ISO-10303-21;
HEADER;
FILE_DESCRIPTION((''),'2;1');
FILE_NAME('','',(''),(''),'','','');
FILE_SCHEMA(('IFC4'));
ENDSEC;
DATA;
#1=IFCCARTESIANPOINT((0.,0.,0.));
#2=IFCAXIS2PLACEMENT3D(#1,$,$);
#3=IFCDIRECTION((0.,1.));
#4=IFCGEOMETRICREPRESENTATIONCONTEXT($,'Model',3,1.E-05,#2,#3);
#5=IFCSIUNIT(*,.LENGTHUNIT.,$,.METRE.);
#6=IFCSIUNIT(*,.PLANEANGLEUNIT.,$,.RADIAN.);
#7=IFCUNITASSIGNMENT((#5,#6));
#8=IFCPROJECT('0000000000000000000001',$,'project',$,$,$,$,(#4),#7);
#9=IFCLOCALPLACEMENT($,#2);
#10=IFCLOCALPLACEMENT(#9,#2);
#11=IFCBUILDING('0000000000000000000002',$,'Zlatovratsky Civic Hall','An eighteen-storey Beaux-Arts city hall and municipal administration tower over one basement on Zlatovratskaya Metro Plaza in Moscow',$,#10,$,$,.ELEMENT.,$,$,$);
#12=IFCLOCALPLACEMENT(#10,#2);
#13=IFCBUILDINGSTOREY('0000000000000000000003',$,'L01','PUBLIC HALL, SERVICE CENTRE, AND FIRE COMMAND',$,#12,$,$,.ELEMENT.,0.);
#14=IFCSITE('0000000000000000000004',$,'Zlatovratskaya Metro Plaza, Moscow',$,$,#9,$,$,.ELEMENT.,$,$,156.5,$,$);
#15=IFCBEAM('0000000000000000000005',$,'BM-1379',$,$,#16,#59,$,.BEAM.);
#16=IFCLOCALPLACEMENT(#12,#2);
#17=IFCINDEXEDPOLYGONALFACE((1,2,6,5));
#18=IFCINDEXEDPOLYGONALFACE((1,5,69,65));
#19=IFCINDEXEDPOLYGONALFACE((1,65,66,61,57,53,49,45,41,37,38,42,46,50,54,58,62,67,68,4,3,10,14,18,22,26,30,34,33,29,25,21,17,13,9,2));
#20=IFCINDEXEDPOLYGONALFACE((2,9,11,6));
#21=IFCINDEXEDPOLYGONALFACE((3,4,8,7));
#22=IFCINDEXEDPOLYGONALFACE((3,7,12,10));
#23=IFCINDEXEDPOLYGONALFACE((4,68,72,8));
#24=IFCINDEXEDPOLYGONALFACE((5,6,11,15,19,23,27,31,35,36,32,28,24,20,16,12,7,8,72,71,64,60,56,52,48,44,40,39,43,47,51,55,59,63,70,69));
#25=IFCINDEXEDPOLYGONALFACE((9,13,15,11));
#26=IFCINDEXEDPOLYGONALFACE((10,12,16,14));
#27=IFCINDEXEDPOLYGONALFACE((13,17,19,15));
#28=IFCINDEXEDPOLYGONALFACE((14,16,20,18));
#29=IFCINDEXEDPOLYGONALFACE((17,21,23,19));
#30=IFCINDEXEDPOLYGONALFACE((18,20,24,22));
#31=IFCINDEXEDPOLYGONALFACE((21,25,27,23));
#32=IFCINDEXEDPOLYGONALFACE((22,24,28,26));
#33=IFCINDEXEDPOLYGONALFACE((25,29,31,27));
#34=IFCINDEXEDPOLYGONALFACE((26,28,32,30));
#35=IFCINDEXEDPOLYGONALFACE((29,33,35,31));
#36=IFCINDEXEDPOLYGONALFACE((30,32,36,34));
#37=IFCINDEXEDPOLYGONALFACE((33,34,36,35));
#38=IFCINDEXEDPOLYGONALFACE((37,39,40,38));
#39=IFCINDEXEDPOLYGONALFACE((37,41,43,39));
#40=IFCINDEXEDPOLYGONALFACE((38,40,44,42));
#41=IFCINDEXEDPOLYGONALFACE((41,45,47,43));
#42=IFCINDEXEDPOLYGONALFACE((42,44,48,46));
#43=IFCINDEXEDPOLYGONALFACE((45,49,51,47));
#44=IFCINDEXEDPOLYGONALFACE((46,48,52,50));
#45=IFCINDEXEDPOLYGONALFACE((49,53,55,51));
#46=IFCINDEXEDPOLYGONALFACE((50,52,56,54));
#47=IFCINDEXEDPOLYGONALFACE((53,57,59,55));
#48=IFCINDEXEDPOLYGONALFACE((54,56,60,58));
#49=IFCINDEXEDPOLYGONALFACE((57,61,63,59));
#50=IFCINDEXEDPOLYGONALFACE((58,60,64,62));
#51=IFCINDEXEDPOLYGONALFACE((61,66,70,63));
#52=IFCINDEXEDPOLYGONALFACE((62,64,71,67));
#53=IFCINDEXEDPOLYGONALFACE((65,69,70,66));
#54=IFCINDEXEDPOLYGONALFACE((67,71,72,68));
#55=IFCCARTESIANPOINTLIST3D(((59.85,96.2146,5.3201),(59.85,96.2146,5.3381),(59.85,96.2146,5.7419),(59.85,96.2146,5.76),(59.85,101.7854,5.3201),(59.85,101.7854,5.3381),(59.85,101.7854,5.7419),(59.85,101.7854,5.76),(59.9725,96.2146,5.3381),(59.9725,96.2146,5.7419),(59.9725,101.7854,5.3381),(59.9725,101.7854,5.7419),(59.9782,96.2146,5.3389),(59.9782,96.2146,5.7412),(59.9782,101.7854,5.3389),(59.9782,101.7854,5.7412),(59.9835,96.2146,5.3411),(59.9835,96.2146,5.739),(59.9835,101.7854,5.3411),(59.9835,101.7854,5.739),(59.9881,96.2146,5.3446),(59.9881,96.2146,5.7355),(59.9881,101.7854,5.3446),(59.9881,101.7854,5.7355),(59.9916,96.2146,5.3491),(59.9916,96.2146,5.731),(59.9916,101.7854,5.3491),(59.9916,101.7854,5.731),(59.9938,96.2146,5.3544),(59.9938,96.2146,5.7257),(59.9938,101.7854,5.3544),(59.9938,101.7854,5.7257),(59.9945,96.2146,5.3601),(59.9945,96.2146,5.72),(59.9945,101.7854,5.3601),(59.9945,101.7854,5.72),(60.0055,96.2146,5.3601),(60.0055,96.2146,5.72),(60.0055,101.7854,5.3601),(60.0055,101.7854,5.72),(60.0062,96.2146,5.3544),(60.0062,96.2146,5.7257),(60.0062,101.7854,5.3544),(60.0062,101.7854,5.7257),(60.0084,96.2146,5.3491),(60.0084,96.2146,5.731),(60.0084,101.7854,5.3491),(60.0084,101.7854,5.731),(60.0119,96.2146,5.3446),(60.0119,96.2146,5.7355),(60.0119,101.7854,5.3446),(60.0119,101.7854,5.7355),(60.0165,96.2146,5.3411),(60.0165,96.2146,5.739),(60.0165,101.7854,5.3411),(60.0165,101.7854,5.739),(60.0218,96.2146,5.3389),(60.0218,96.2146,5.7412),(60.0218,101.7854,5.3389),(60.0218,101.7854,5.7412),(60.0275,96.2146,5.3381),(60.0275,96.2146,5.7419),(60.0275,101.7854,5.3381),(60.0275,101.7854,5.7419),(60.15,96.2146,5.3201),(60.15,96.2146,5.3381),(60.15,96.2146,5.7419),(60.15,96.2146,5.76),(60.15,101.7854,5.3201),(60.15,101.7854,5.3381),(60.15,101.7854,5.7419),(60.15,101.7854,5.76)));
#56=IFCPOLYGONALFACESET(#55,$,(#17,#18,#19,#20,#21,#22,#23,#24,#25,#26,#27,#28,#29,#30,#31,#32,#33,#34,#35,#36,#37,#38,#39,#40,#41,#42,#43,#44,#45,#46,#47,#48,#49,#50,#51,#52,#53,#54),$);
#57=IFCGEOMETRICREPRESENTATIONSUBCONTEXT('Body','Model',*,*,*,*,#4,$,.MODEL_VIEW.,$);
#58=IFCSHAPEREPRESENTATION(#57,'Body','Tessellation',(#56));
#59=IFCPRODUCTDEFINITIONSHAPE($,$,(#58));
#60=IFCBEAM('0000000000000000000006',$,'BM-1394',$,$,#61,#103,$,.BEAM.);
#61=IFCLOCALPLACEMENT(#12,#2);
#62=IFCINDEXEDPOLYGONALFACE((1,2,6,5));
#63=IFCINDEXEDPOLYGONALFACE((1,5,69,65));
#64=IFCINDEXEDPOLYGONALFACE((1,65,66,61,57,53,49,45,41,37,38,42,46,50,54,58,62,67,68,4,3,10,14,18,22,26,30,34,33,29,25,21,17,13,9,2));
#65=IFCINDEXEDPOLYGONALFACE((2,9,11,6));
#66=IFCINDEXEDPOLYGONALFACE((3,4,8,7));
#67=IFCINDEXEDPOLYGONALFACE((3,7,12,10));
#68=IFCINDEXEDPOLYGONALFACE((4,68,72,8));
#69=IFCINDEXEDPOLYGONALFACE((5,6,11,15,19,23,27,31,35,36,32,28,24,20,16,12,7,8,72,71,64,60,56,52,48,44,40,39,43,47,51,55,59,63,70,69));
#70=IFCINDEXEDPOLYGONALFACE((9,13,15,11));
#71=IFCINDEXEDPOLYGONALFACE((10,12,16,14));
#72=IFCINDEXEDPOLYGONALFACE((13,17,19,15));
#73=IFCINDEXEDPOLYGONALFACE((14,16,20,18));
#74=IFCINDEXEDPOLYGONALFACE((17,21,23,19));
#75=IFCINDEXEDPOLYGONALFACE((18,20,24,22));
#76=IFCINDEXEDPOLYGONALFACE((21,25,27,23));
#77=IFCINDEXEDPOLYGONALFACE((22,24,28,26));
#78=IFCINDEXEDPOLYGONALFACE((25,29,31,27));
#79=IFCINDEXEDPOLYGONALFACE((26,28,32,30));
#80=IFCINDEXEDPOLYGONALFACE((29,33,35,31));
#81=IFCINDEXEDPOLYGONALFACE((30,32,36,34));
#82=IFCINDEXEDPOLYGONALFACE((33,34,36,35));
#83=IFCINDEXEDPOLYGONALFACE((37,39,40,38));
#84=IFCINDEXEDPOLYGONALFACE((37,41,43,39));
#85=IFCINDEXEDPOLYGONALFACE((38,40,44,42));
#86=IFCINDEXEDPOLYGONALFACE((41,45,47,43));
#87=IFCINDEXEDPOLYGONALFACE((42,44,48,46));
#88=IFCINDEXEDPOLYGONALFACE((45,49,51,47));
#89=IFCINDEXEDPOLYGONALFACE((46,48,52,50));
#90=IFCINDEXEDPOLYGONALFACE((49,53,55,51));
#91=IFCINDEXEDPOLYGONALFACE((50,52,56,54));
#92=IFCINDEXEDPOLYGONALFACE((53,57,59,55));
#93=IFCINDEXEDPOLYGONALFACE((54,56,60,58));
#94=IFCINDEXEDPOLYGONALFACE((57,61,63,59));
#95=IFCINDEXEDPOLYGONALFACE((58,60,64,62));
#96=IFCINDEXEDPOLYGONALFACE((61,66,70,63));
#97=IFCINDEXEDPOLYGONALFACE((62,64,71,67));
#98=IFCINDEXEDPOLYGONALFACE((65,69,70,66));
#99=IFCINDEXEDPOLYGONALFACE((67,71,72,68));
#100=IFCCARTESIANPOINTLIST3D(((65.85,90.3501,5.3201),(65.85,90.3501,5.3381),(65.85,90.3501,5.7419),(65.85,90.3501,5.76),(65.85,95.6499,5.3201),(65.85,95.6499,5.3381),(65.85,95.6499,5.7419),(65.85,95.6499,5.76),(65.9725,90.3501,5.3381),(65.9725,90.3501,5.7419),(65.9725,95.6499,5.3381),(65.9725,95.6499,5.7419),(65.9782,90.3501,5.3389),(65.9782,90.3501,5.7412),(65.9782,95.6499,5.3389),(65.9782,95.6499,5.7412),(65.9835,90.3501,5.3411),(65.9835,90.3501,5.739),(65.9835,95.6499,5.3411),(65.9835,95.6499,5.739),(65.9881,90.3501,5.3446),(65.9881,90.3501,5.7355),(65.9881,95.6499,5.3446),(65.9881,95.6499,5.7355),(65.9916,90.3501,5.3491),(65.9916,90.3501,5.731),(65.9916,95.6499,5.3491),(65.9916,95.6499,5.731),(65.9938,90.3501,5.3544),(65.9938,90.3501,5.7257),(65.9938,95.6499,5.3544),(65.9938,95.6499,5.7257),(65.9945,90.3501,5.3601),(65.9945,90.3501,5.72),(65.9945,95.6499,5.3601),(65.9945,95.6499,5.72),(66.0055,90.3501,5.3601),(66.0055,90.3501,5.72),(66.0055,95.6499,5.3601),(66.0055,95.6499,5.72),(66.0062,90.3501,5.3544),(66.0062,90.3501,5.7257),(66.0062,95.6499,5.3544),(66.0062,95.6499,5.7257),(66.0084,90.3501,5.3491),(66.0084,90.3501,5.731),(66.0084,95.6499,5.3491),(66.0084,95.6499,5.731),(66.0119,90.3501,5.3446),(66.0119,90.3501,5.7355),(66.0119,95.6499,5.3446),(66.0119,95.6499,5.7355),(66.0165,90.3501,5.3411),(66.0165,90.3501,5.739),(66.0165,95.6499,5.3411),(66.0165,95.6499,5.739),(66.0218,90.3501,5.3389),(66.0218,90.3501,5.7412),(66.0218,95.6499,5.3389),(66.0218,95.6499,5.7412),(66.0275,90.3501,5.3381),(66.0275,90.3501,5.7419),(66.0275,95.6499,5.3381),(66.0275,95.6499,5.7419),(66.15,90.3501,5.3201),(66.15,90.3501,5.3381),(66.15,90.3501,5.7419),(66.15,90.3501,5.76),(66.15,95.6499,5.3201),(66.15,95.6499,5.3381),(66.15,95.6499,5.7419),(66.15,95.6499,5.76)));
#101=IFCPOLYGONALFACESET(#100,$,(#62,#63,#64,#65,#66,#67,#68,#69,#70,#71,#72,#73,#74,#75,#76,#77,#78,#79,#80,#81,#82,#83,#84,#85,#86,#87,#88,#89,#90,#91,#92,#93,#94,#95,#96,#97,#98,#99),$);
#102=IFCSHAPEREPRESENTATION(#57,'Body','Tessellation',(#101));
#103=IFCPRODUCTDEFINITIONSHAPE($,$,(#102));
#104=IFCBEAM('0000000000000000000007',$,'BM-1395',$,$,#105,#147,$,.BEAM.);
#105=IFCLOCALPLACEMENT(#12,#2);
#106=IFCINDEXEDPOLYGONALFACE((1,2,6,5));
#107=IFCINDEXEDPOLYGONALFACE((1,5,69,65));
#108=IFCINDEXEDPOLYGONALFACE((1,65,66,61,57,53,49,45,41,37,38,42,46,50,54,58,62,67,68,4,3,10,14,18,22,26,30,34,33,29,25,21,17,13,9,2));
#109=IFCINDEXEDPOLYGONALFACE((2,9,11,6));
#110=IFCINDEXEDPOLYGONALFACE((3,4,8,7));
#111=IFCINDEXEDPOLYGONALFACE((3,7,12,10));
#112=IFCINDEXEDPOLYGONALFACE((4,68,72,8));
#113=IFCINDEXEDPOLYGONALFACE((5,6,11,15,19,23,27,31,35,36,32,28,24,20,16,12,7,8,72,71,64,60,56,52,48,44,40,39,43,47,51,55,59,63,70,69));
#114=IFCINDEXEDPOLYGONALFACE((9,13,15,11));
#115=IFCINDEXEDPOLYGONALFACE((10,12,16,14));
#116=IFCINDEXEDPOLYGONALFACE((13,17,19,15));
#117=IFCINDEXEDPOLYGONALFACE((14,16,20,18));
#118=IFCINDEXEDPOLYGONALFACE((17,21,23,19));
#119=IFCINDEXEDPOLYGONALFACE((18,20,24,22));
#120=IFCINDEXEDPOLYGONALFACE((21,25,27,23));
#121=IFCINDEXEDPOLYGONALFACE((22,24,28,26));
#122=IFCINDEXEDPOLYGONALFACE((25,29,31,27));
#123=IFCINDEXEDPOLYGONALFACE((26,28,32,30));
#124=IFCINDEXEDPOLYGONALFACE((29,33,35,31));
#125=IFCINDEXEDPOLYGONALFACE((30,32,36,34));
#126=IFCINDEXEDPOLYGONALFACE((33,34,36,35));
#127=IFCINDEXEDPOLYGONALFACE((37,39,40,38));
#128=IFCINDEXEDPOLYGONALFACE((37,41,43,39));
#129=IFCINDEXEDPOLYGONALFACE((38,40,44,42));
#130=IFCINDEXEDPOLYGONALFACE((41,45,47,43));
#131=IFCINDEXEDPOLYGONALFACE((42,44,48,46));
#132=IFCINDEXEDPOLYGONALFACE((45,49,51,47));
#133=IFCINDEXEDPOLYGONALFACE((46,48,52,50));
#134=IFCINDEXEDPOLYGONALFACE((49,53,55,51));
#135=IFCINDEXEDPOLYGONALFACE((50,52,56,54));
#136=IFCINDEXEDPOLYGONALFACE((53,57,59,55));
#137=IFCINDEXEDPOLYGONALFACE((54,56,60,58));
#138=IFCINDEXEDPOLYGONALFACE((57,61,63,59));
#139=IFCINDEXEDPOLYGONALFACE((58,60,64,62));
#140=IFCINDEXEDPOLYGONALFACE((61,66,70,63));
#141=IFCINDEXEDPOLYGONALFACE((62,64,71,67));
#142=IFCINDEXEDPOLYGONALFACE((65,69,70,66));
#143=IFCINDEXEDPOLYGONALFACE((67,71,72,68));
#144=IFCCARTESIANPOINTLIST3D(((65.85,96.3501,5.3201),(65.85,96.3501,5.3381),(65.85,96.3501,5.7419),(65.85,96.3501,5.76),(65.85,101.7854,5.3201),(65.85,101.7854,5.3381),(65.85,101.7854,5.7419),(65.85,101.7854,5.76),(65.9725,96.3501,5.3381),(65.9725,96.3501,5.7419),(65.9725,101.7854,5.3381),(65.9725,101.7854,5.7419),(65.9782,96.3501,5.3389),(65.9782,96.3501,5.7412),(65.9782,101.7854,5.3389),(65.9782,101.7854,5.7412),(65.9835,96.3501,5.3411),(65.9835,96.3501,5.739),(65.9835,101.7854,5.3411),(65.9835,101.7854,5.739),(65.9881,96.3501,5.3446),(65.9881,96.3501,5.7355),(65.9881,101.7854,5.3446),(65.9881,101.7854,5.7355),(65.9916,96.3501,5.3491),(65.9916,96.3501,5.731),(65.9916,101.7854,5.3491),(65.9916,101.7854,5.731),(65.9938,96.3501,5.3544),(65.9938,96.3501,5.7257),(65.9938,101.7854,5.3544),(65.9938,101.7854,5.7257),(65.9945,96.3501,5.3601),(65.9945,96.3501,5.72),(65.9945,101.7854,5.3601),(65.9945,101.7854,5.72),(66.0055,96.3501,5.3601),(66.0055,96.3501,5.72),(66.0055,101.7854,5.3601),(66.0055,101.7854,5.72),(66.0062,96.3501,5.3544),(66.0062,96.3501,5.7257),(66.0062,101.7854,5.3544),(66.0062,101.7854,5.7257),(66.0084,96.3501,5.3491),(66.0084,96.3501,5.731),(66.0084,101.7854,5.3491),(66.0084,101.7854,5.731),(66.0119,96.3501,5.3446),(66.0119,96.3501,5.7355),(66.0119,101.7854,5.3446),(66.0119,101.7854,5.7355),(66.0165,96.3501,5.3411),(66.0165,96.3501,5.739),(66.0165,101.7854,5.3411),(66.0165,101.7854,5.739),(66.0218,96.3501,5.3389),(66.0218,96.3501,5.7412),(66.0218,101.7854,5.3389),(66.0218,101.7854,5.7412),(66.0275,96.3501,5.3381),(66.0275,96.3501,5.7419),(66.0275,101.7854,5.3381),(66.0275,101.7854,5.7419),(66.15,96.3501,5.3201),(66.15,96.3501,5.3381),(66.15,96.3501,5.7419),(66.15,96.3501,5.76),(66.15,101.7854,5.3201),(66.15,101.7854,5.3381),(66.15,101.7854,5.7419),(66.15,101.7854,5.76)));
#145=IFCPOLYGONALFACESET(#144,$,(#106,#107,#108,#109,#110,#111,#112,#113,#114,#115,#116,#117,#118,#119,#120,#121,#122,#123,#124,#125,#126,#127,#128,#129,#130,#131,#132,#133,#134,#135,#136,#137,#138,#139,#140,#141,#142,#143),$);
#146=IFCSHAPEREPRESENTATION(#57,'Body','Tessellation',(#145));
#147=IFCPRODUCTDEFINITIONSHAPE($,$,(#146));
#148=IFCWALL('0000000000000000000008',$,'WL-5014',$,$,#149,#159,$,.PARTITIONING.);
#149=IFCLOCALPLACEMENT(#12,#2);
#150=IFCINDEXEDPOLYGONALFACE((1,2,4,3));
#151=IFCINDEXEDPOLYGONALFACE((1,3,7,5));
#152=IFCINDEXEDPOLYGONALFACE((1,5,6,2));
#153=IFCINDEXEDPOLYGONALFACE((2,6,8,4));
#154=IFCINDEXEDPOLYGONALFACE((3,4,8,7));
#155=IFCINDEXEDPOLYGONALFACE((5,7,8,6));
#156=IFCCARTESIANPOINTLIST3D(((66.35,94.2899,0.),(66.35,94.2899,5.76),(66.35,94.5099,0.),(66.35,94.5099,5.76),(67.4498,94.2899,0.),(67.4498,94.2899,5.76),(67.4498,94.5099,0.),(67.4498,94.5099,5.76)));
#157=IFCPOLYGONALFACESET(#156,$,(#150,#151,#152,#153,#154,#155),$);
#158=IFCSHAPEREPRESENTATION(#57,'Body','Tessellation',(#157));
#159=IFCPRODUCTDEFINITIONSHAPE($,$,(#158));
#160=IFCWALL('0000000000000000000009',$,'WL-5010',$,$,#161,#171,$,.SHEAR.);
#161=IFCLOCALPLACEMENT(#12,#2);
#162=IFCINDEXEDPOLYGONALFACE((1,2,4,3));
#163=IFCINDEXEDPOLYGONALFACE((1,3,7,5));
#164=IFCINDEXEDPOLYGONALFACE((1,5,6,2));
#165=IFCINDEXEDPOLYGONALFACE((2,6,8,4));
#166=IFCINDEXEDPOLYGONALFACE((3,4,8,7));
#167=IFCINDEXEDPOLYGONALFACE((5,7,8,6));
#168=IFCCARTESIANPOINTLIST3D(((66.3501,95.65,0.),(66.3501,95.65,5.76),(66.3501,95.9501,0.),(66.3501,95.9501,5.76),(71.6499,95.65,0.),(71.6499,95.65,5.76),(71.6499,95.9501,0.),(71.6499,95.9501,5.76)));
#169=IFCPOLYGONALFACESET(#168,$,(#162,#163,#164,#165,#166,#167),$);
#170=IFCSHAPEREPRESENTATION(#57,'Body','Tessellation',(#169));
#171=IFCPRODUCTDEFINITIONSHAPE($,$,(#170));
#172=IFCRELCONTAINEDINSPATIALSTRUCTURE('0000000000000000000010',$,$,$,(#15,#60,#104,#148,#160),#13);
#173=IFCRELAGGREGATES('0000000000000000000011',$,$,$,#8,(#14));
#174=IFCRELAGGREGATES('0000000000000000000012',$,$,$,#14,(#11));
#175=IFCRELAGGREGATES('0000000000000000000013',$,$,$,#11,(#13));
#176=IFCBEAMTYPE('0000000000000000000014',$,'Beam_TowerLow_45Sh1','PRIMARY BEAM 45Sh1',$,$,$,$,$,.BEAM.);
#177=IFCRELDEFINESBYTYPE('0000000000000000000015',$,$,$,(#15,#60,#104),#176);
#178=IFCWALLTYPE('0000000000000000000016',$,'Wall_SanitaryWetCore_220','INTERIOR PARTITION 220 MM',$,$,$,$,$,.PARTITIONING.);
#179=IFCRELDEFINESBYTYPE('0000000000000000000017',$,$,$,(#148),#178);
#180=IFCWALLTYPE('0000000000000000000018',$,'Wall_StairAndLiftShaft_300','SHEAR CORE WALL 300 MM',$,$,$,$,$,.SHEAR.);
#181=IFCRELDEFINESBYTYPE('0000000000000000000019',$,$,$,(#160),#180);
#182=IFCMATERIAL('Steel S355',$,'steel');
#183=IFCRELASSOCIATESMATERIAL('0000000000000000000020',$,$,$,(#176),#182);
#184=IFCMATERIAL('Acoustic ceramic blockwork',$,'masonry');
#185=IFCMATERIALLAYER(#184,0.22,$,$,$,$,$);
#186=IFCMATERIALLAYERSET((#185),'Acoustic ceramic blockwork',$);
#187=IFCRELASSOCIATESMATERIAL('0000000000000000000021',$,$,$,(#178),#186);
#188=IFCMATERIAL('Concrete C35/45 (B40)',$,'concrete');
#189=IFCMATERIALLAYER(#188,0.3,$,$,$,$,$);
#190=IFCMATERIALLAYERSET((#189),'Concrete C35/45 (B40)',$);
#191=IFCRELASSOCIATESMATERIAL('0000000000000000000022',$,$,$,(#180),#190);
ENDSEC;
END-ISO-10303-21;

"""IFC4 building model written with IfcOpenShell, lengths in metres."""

from ifc_helpers import new_model, si_unit, direction, frame, frame_2d, origin, origin_2d, place, context, subcontext, project, spatial, rectangle, i_section, extrude, material, layer, layer_set, material_profile, profile_set, type_object, element, save


model = new_model("IFC4")

# Units and contexts
model_context = context("Model", 3, precision=1e-05, world=origin(), true_north=direction((0.0, 1.0)))
body_context = subcontext(model_context, "Body", "Model", "MODEL_VIEW")
ifc_project = project(units=[si_unit("LENGTHUNIT", "METRE"), si_unit("PLANEANGLEUNIT", "RADIAN")], contexts=[model_context])

# Site, building, storey
site_placement = place(None, origin())
site = spatial("IfcSite", under=ifc_project, at=site_placement, Name="Zlatovratskaya Metro Plaza, Moscow", CompositionType="ELEMENT", RefElevation=156.5)
building_placement = place(site_placement, origin())
building = spatial("IfcBuilding", under=site, at=building_placement, Name="Zlatovratsky Civic Hall", Description="An eighteen-storey Beaux-Arts city hall and municipal administration tower over one basement on Zlatovratskaya Metro Plaza in Moscow", CompositionType="ELEMENT")
storey_placement = place(building_placement, origin())
storey = spatial("IfcBuildingStorey", under=building, at=storey_placement, Name="L01", Description="PUBLIC HALL, SERVICE CENTRE, AND FIRE COMMAND", CompositionType="ELEMENT", Elevation=0.0)

# Shared definitions
ifc_material_1 = material(Name="Concrete C35/45 (B40)", Category="concrete")
ifc_material_2 = material(Name="Steel S355", Category="steel")

# Beams
ifc_material_profile_1 = material_profile(ifc_material_2, i_section(OverallWidth=0.3, OverallDepth=0.4399, WebThickness=0.011, FlangeThickness=0.0181, FilletRadius=0.022, at=origin_2d()), Name="45Sh1")
ifc_profile_set_1 = profile_set([ifc_material_profile_1], Name="Steel S355")
beam_type = type_object("IfcBeamType", Name="Beam_TowerLow_45Sh1", Description="PRIMARY BEAM 45Sh1", PredefinedType="BEAM", material=ifc_profile_set_1)
for number, where, z_axis, x_axis, name in (
    (1, (60.0, 96.2146, 5.54), (0.0, 1.0, 0.0), (-1.0, 0.0, 0.0), "BM-1379"),
):
    element("IfcBeam", number, at=place(storey_placement, frame(where, z_axis=z_axis, x_axis=x_axis)), inside=storey, type_object=beam_type, Name=name, PredefinedType="BEAM", context=body_context, shape_type="SweptSolid", body=[
        extrude(i_section(OverallWidth=0.3, OverallDepth=0.4399, WebThickness=0.011, FlangeThickness=0.0181, FilletRadius=0.022, at=origin_2d()), origin(), (0.0, 0.0, 1.0), 5.5708),
    ])
beam_1_placement = place(storey_placement, frame((66.0, 90.3501, 5.54), z_axis=(0.0, 1.0, 0.0), x_axis=(-1.0, 0.0, 0.0)))
element("IfcBeam", 2, at=beam_1_placement, inside=storey, type_object=beam_type, Name="BM-1394", PredefinedType="BEAM", context=body_context, shape_type="SweptSolid", body=[
    extrude(i_section(OverallWidth=0.3, OverallDepth=0.4399, WebThickness=0.011, FlangeThickness=0.0181, FilletRadius=0.022, at=origin_2d()), origin(), (0.0, 0.0, 1.0), 5.2998),
])
beam_2_placement = place(storey_placement, frame((66.0, 96.3501, 5.54), z_axis=(0.0, 1.0, 0.0), x_axis=(-1.0, 0.0, 0.0)))
element("IfcBeam", 3, at=beam_2_placement, inside=storey, type_object=beam_type, Name="BM-1395", PredefinedType="BEAM", context=body_context, shape_type="SweptSolid", body=[
    extrude(i_section(OverallWidth=0.3, OverallDepth=0.4399, WebThickness=0.011, FlangeThickness=0.0181, FilletRadius=0.022, at=origin_2d()), origin(), (0.0, 0.0, 1.0), 5.4353),
])

# Walls
ifc_material_3 = material(Name="Acoustic ceramic blockwork", Category="masonry")
ifc_layer_1 = layer(ifc_material_3, 0.22)
ifc_layer_set_1 = layer_set([ifc_layer_1], Name="Acoustic ceramic blockwork")
wall_type_1 = type_object("IfcWallType", Name="Wall_SanitaryWetCore_220", Description="INTERIOR PARTITION 220 MM", PredefinedType="PARTITIONING", material=ifc_layer_set_1)
wall_1_placement = place(storey_placement, frame((66.3501, 94.3999, 0.0), z_axis=(0.0, 0.0, 1.0), x_axis=(1.0, 0.0, 0.0)))
element("IfcWall", 4, at=wall_1_placement, inside=storey, type_object=wall_type_1, Name="WL-5014", PredefinedType="PARTITIONING", context=body_context, shape_type="SweptSolid", body=[
    extrude(rectangle(XDim=1.0999, YDim=0.22, at=frame_2d((0.5498, 0.0))), origin(), (0.0, 0.0, 1.0), 5.76),
])
ifc_layer_2 = layer(ifc_material_1, 0.3)
ifc_layer_set_2 = layer_set([ifc_layer_2], Name="Concrete C35/45 (B40)")
wall_type_2 = type_object("IfcWallType", Name="Wall_StairAndLiftShaft_300", Description="SHEAR CORE WALL 300 MM", PredefinedType="SHEAR", material=ifc_layer_set_2)
wall_2_placement = place(storey_placement, frame((66.3501, 95.8, 0.0), z_axis=(0.0, 0.0, 1.0), x_axis=(1.0, 0.0, 0.0)))
element("IfcWall", 5, at=wall_2_placement, inside=storey, type_object=wall_type_2, Name="WL-5010", PredefinedType="SHEAR", context=body_context, shape_type="SweptSolid", body=[
    extrude(rectangle(XDim=5.2998, YDim=0.3, at=frame_2d((2.6499, 0.0))), origin(), (0.0, 0.0, 1.0), 5.76),
])

save(model, "model.ifc")
